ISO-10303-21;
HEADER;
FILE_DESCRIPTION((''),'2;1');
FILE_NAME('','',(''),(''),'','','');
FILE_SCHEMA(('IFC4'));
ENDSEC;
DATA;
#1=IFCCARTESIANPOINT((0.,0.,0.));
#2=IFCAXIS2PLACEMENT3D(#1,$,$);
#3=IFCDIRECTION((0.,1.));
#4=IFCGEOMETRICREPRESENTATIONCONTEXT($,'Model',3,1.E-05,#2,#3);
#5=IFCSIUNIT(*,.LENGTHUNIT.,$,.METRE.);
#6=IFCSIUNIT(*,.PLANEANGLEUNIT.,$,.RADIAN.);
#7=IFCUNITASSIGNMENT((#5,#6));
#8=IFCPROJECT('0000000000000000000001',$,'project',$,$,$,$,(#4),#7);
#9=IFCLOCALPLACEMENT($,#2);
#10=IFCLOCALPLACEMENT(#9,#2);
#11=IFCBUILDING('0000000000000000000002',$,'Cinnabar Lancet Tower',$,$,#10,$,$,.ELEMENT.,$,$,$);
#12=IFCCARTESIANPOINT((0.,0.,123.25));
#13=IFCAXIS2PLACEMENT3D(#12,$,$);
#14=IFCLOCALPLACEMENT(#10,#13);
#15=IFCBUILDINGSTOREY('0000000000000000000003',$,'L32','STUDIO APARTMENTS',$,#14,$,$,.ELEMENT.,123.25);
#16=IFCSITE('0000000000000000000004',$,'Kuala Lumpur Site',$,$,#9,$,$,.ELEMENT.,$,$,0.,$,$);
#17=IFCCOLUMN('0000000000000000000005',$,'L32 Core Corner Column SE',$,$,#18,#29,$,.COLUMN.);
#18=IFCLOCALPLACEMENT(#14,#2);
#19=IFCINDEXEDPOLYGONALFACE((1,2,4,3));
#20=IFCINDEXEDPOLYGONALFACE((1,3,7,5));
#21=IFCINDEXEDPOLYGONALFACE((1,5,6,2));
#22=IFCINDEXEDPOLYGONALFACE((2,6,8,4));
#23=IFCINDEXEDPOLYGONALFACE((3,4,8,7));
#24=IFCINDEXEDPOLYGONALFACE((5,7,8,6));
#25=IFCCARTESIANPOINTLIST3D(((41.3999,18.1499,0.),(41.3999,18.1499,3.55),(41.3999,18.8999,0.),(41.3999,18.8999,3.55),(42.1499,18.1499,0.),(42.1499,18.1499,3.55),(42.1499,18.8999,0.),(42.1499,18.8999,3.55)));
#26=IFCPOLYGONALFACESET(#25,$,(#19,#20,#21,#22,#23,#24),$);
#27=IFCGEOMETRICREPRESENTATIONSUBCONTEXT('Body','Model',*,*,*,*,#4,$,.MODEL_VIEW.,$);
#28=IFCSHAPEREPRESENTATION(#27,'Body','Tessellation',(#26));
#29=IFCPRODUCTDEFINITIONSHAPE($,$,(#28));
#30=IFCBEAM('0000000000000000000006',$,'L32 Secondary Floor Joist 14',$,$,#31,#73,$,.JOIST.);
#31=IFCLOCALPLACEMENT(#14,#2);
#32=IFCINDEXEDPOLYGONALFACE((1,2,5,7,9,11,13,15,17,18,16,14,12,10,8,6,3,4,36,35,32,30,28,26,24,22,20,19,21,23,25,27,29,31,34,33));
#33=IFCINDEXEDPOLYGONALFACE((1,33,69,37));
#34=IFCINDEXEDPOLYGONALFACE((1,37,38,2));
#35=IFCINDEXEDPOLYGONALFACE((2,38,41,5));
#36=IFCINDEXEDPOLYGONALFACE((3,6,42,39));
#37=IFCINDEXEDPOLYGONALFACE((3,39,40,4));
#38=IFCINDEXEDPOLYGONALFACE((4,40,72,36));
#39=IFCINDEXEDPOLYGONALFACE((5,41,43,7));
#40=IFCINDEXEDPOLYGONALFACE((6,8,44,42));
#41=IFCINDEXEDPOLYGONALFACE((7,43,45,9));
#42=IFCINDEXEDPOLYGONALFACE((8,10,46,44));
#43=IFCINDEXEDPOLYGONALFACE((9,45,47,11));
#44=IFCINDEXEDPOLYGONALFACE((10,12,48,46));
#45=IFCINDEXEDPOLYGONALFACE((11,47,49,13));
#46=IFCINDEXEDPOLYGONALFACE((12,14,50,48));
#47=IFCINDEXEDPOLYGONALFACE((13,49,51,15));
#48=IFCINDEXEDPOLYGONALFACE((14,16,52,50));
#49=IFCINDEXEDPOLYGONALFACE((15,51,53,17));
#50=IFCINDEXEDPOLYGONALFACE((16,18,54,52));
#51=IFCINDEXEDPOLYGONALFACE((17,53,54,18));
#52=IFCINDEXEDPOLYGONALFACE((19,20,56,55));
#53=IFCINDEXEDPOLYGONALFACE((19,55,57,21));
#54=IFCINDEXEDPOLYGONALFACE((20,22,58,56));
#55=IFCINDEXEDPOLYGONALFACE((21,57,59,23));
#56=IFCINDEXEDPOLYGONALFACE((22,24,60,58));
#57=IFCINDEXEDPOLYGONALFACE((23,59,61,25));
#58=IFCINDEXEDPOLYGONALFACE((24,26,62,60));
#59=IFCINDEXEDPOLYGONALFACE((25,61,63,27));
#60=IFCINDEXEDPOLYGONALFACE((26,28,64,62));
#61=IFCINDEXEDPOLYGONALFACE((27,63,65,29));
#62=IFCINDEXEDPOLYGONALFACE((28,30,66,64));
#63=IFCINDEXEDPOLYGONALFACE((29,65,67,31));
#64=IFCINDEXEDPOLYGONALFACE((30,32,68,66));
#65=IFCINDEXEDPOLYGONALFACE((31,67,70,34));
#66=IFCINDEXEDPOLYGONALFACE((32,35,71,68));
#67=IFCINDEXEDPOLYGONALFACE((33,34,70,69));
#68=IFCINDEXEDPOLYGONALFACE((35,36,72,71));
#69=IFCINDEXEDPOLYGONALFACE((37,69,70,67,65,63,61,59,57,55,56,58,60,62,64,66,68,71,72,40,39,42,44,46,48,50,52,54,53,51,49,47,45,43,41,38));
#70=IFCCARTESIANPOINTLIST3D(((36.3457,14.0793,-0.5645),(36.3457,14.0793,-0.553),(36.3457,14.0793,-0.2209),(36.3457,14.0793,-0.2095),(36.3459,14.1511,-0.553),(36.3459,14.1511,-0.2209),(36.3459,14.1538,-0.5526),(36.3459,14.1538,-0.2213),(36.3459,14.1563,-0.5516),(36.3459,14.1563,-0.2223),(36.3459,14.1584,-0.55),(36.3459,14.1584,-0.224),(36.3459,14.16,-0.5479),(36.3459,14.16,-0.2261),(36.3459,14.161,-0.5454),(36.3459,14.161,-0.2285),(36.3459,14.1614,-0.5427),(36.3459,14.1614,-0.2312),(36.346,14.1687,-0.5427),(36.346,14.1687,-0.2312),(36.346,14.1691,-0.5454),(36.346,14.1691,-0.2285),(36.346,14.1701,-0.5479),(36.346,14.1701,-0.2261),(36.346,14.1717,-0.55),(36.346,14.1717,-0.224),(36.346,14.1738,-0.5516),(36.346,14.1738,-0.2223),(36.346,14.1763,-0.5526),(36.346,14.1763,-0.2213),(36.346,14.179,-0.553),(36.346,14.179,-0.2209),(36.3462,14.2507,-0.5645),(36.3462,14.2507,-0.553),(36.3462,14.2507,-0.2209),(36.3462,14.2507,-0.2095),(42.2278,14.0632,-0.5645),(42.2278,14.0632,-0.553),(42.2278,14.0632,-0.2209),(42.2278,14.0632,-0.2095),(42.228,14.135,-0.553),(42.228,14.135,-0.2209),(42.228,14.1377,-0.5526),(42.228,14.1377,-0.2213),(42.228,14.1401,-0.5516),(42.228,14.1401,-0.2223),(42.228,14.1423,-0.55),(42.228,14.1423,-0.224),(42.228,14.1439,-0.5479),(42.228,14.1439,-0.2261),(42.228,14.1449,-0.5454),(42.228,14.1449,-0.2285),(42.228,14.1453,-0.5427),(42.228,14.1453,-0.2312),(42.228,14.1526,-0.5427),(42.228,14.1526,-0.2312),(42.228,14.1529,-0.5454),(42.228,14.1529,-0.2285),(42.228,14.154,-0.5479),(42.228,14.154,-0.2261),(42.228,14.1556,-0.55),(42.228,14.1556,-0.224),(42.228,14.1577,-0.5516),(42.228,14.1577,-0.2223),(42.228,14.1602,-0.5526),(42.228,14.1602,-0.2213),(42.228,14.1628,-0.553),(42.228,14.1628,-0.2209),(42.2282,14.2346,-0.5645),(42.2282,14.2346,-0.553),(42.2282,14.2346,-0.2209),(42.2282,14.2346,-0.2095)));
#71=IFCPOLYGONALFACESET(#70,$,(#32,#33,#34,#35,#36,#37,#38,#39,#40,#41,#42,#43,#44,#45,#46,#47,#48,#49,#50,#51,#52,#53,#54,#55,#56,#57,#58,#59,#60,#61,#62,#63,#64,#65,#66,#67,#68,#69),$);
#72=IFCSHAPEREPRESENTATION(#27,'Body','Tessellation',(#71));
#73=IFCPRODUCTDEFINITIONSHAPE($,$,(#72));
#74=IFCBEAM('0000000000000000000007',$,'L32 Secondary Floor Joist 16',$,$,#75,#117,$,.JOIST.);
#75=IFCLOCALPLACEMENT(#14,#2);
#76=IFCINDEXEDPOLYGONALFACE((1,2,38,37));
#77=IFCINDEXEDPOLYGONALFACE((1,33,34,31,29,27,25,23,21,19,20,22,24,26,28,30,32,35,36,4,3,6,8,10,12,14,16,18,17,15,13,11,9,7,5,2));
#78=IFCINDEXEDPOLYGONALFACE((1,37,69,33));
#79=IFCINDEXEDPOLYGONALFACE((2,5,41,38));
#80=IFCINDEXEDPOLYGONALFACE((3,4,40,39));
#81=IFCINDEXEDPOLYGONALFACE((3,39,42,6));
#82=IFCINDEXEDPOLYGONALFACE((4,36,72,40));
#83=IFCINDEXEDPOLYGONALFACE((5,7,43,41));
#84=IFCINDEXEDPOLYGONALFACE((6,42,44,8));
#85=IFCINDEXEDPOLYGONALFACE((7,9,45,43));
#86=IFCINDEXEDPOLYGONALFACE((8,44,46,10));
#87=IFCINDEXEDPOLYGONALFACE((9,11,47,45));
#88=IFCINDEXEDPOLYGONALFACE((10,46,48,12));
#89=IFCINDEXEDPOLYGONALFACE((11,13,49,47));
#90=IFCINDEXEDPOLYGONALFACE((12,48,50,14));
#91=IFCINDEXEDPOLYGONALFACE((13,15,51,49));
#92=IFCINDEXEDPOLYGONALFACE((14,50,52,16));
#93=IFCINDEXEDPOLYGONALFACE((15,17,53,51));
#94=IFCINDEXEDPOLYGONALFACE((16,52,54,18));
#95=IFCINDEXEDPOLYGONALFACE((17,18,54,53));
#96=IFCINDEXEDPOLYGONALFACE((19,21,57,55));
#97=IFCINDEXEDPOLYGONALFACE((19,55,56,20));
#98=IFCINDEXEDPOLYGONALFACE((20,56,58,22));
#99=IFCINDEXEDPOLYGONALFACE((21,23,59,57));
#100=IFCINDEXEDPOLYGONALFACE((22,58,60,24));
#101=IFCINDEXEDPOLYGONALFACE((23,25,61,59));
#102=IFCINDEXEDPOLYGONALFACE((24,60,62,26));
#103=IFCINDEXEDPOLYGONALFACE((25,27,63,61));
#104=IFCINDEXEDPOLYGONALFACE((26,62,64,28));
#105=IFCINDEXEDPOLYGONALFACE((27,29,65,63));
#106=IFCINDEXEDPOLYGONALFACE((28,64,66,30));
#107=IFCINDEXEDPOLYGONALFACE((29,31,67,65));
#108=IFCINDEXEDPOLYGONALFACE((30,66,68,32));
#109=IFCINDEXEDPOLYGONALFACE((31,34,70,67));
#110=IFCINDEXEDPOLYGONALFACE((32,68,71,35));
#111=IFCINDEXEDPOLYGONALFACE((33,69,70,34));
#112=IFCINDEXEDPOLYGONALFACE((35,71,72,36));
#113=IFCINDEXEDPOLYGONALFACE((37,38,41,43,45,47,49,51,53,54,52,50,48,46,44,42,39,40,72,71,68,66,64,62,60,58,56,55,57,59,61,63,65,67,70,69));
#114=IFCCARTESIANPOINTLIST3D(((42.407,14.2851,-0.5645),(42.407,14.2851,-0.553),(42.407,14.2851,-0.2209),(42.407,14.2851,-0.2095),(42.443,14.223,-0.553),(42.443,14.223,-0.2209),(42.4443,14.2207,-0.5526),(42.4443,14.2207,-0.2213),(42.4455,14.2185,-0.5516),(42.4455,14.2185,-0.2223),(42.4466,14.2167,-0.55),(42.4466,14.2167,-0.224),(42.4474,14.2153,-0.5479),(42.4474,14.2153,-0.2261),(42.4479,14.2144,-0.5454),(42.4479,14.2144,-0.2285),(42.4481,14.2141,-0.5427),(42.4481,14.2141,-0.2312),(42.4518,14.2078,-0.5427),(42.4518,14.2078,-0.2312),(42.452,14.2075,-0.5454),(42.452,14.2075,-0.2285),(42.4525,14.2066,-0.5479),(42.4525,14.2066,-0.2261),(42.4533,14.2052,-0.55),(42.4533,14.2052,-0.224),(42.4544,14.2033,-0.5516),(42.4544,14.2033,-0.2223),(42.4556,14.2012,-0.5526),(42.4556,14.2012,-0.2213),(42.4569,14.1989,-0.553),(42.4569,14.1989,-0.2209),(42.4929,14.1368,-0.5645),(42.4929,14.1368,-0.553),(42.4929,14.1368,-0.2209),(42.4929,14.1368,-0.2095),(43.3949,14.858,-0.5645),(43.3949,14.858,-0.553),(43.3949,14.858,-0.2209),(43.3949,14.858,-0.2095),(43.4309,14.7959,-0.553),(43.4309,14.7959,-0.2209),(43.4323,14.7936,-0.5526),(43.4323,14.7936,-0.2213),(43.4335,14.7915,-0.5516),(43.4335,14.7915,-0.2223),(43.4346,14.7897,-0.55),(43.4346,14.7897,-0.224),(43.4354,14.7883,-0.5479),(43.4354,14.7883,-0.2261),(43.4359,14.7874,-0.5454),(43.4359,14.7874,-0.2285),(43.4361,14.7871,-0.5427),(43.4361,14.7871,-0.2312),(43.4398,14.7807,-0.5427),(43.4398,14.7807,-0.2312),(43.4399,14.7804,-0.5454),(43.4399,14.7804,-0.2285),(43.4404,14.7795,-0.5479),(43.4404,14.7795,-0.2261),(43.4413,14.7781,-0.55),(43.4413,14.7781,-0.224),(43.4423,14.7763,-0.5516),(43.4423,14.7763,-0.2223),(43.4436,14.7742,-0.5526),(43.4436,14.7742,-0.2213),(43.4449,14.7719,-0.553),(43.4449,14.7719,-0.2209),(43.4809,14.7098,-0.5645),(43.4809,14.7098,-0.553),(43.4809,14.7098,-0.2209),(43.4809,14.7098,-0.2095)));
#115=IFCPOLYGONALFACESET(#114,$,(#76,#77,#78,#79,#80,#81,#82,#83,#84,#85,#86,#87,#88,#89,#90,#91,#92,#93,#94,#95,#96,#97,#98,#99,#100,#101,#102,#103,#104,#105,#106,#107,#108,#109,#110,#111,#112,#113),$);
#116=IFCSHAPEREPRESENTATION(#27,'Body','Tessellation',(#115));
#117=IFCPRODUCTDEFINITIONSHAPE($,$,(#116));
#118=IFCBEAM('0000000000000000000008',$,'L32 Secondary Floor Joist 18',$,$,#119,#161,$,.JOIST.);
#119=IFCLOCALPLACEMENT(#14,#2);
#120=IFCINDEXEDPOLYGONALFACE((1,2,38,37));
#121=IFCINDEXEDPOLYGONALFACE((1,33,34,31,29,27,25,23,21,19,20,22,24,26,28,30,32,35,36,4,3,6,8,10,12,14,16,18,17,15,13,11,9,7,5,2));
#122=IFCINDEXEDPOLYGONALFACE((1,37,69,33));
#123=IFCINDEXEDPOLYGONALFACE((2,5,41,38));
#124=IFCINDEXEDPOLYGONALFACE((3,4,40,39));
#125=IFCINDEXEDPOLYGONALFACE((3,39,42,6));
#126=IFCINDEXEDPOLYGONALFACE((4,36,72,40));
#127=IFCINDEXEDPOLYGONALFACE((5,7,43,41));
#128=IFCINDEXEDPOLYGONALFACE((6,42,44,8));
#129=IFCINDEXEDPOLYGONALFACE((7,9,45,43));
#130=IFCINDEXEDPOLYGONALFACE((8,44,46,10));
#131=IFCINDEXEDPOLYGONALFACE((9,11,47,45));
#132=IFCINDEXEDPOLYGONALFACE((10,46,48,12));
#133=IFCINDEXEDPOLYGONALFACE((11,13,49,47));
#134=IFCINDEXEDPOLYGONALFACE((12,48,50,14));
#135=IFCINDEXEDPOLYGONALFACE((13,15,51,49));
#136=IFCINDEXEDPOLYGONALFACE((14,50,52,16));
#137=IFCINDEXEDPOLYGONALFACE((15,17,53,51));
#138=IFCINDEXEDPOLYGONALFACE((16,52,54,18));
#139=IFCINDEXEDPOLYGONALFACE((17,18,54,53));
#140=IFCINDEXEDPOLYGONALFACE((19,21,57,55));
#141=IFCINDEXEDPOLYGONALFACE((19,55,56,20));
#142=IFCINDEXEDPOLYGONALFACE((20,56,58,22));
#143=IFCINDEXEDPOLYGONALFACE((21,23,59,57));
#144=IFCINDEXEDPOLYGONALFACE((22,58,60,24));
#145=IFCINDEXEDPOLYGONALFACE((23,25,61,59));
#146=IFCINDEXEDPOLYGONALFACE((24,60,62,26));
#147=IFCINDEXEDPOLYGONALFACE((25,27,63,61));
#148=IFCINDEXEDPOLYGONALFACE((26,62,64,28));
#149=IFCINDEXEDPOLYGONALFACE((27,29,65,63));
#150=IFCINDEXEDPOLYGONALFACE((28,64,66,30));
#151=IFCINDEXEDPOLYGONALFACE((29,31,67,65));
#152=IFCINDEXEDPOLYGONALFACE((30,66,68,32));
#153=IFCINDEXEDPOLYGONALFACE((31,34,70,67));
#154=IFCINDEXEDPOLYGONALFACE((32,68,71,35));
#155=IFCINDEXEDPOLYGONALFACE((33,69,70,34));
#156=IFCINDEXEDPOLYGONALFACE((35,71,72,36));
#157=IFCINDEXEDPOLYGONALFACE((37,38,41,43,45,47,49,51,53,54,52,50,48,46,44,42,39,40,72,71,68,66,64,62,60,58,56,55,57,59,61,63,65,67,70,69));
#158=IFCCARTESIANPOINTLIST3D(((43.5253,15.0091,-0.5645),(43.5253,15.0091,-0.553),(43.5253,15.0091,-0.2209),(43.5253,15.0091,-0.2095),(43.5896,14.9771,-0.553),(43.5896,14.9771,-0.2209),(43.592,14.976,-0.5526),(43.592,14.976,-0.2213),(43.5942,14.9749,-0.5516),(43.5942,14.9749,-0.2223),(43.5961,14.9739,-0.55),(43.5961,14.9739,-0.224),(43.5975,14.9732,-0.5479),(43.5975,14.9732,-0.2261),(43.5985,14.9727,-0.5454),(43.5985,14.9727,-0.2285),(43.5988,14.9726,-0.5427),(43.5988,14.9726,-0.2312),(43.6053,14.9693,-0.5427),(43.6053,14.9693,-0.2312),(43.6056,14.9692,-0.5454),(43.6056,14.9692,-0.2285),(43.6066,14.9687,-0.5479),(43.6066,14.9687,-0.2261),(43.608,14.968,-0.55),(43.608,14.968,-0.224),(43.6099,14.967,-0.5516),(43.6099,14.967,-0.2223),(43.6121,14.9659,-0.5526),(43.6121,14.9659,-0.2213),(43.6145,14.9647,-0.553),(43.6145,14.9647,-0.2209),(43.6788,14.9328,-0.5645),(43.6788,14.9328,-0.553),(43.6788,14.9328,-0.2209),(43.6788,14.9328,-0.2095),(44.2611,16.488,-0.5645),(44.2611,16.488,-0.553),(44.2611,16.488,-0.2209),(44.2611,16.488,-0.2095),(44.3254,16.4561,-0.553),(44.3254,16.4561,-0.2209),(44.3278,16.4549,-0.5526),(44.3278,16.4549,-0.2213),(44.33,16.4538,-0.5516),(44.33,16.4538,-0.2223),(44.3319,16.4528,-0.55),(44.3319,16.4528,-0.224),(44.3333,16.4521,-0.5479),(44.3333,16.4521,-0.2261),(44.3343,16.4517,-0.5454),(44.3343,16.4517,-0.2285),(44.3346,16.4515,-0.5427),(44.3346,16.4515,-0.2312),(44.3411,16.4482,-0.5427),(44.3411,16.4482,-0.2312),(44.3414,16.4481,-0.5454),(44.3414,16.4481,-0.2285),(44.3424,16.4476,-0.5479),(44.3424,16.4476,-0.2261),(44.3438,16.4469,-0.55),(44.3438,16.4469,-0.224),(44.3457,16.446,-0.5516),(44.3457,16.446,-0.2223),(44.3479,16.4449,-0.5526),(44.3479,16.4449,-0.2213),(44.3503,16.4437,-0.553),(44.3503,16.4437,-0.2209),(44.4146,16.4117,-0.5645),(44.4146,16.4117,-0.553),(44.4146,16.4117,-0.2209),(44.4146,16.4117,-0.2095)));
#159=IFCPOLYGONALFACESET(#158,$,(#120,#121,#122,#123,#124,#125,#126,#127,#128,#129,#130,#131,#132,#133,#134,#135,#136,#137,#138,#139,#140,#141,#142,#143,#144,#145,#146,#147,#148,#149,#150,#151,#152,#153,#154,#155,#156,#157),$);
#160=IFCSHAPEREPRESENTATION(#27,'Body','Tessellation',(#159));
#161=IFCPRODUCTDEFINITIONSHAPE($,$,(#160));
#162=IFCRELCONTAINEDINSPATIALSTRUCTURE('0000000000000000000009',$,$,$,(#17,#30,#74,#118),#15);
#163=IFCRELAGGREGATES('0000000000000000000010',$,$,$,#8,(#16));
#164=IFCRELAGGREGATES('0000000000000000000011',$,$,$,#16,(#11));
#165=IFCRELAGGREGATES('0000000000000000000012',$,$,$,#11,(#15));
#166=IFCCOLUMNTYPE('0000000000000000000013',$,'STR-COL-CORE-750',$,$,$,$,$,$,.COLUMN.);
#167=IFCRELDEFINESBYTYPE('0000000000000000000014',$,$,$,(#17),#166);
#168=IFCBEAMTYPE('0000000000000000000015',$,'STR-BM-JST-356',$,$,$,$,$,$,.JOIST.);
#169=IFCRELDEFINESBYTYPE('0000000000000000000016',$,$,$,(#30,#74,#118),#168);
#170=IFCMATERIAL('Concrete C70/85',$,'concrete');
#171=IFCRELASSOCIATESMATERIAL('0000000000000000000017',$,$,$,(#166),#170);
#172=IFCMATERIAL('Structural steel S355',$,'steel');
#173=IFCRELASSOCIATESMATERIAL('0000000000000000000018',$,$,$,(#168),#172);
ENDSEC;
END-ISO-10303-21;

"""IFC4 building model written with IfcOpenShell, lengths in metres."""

from ifc_helpers import new_model, si_unit, direction, frame, origin, origin_2d, place, context, subcontext, project, spatial, rectangle, i_section, extrude, material, material_profile, profile_set, type_object, element, save


model = new_model("IFC4")

# Units and contexts
model_context = context("Model", 3, precision=1e-05, world=origin(), true_north=direction((0.0, 1.0)))
body_context = subcontext(model_context, "Body", "Model", "MODEL_VIEW")
ifc_project = project(units=[si_unit("LENGTHUNIT", "METRE"), si_unit("PLANEANGLEUNIT", "RADIAN")], contexts=[model_context])

# Site, building, storey
site_placement = place(None, origin())
site = spatial("IfcSite", under=ifc_project, at=site_placement, Name="Kuala Lumpur Site", CompositionType="ELEMENT", RefElevation=0.0)
building_placement = place(site_placement, origin())
building = spatial("IfcBuilding", under=site, at=building_placement, Name="Cinnabar Lancet Tower", CompositionType="ELEMENT")
storey_placement = place(building_placement, frame((0.0, 0.0, 123.25)))
storey = spatial("IfcBuildingStorey", under=building, at=storey_placement, Name="L32", Description="STUDIO APARTMENTS", CompositionType="ELEMENT", Elevation=123.25)

# Column
ifc_material_1 = material(Name="Concrete C70/85", Category="concrete")
ifc_material_profile_1 = material_profile(ifc_material_1, rectangle(XDim=0.75, YDim=0.75, at=origin_2d()), Name="RC-COL 750x750")
ifc_profile_set_1 = profile_set([ifc_material_profile_1], Name="Concrete C70/85")
column_type = type_object("IfcColumnType", Name="STR-COL-CORE-750", PredefinedType="COLUMN", material=ifc_profile_set_1)
column_placement = place(storey_placement, frame((41.7749, 18.5249, 0.0), z_axis=(0.0, 0.0, 1.0), x_axis=(1.0, 0.0, 0.0)))
element("IfcColumn", 1, at=column_placement, inside=storey, type_object=column_type, Name="L32 Core Corner Column SE", PredefinedType="COLUMN", context=body_context, shape_type="SweptSolid", body=[
    extrude(rectangle(XDim=0.75, YDim=0.75, at=origin_2d()), origin(), (0.0, 0.0, 1.0), 3.55),
])

# Beams
ifc_material_2 = material(Name="Structural steel S355", Category="steel")
ifc_material_profile_2 = material_profile(ifc_material_2, i_section(OverallWidth=0.1714, OverallDepth=0.355, WebThickness=0.0073, FlangeThickness=0.0115, FilletRadius=0.0103, at=origin_2d()), Name="UKB 356x171x51")
ifc_profile_set_2 = profile_set([ifc_material_profile_2], Name="Structural steel S355")
beam_type_1 = type_object("IfcBeamType", Name="STR-BM-JST-356", PredefinedType="JOIST", material=ifc_profile_set_2)
beam_1_placement = place(storey_placement, frame((36.3459, 14.165, -0.387), z_axis=(0.999996, -0.002739, 0.0), x_axis=(0.002739, 0.999996, 0.0)))
element("IfcBeam", 2, at=beam_1_placement, inside=storey, type_object=beam_type_1, Name="L32 Secondary Floor Joist 14", PredefinedType="JOIST", context=body_context, shape_type="SweptSolid", body=[
    extrude(i_section(OverallWidth=0.1714, OverallDepth=0.355, WebThickness=0.0073, FlangeThickness=0.0115, FilletRadius=0.0103, at=origin_2d()), origin(), (0.0, 0.0, 1.0), 5.8821),
])
beam_2_placement = place(storey_placement, frame((42.45, 14.2109, -0.387), z_axis=(0.865055, 0.501677, 0.0), x_axis=(-0.501677, 0.865055, 0.0)))
element("IfcBeam", 3, at=beam_2_placement, inside=storey, type_object=beam_type_1, Name="L32 Secondary Floor Joist 16", PredefinedType="JOIST", context=body_context, shape_type="SweptSolid", body=[
    extrude(i_section(OverallWidth=0.1714, OverallDepth=0.355, WebThickness=0.0073, FlangeThickness=0.0115, FilletRadius=0.0103, at=origin_2d()), origin(), (0.0, 0.0, 1.0), 1.1421),
])
beam_3_placement = place(storey_placement, frame((43.6021, 14.9709, -0.387), z_axis=(0.445439, 0.895312, 0.0), x_axis=(-0.895312, 0.445439, 0.0)))
element("IfcBeam", 4, at=beam_3_placement, inside=storey, type_object=beam_type_1, Name="L32 Secondary Floor Joist 18", PredefinedType="JOIST", context=body_context, shape_type="SweptSolid", body=[
    extrude(i_section(OverallWidth=0.1714, OverallDepth=0.355, WebThickness=0.0073, FlangeThickness=0.0115, FilletRadius=0.0103, at=origin_2d()), origin(), (0.0, 0.0, 1.0), 1.6519),
])

save(model, "model.ifc")
